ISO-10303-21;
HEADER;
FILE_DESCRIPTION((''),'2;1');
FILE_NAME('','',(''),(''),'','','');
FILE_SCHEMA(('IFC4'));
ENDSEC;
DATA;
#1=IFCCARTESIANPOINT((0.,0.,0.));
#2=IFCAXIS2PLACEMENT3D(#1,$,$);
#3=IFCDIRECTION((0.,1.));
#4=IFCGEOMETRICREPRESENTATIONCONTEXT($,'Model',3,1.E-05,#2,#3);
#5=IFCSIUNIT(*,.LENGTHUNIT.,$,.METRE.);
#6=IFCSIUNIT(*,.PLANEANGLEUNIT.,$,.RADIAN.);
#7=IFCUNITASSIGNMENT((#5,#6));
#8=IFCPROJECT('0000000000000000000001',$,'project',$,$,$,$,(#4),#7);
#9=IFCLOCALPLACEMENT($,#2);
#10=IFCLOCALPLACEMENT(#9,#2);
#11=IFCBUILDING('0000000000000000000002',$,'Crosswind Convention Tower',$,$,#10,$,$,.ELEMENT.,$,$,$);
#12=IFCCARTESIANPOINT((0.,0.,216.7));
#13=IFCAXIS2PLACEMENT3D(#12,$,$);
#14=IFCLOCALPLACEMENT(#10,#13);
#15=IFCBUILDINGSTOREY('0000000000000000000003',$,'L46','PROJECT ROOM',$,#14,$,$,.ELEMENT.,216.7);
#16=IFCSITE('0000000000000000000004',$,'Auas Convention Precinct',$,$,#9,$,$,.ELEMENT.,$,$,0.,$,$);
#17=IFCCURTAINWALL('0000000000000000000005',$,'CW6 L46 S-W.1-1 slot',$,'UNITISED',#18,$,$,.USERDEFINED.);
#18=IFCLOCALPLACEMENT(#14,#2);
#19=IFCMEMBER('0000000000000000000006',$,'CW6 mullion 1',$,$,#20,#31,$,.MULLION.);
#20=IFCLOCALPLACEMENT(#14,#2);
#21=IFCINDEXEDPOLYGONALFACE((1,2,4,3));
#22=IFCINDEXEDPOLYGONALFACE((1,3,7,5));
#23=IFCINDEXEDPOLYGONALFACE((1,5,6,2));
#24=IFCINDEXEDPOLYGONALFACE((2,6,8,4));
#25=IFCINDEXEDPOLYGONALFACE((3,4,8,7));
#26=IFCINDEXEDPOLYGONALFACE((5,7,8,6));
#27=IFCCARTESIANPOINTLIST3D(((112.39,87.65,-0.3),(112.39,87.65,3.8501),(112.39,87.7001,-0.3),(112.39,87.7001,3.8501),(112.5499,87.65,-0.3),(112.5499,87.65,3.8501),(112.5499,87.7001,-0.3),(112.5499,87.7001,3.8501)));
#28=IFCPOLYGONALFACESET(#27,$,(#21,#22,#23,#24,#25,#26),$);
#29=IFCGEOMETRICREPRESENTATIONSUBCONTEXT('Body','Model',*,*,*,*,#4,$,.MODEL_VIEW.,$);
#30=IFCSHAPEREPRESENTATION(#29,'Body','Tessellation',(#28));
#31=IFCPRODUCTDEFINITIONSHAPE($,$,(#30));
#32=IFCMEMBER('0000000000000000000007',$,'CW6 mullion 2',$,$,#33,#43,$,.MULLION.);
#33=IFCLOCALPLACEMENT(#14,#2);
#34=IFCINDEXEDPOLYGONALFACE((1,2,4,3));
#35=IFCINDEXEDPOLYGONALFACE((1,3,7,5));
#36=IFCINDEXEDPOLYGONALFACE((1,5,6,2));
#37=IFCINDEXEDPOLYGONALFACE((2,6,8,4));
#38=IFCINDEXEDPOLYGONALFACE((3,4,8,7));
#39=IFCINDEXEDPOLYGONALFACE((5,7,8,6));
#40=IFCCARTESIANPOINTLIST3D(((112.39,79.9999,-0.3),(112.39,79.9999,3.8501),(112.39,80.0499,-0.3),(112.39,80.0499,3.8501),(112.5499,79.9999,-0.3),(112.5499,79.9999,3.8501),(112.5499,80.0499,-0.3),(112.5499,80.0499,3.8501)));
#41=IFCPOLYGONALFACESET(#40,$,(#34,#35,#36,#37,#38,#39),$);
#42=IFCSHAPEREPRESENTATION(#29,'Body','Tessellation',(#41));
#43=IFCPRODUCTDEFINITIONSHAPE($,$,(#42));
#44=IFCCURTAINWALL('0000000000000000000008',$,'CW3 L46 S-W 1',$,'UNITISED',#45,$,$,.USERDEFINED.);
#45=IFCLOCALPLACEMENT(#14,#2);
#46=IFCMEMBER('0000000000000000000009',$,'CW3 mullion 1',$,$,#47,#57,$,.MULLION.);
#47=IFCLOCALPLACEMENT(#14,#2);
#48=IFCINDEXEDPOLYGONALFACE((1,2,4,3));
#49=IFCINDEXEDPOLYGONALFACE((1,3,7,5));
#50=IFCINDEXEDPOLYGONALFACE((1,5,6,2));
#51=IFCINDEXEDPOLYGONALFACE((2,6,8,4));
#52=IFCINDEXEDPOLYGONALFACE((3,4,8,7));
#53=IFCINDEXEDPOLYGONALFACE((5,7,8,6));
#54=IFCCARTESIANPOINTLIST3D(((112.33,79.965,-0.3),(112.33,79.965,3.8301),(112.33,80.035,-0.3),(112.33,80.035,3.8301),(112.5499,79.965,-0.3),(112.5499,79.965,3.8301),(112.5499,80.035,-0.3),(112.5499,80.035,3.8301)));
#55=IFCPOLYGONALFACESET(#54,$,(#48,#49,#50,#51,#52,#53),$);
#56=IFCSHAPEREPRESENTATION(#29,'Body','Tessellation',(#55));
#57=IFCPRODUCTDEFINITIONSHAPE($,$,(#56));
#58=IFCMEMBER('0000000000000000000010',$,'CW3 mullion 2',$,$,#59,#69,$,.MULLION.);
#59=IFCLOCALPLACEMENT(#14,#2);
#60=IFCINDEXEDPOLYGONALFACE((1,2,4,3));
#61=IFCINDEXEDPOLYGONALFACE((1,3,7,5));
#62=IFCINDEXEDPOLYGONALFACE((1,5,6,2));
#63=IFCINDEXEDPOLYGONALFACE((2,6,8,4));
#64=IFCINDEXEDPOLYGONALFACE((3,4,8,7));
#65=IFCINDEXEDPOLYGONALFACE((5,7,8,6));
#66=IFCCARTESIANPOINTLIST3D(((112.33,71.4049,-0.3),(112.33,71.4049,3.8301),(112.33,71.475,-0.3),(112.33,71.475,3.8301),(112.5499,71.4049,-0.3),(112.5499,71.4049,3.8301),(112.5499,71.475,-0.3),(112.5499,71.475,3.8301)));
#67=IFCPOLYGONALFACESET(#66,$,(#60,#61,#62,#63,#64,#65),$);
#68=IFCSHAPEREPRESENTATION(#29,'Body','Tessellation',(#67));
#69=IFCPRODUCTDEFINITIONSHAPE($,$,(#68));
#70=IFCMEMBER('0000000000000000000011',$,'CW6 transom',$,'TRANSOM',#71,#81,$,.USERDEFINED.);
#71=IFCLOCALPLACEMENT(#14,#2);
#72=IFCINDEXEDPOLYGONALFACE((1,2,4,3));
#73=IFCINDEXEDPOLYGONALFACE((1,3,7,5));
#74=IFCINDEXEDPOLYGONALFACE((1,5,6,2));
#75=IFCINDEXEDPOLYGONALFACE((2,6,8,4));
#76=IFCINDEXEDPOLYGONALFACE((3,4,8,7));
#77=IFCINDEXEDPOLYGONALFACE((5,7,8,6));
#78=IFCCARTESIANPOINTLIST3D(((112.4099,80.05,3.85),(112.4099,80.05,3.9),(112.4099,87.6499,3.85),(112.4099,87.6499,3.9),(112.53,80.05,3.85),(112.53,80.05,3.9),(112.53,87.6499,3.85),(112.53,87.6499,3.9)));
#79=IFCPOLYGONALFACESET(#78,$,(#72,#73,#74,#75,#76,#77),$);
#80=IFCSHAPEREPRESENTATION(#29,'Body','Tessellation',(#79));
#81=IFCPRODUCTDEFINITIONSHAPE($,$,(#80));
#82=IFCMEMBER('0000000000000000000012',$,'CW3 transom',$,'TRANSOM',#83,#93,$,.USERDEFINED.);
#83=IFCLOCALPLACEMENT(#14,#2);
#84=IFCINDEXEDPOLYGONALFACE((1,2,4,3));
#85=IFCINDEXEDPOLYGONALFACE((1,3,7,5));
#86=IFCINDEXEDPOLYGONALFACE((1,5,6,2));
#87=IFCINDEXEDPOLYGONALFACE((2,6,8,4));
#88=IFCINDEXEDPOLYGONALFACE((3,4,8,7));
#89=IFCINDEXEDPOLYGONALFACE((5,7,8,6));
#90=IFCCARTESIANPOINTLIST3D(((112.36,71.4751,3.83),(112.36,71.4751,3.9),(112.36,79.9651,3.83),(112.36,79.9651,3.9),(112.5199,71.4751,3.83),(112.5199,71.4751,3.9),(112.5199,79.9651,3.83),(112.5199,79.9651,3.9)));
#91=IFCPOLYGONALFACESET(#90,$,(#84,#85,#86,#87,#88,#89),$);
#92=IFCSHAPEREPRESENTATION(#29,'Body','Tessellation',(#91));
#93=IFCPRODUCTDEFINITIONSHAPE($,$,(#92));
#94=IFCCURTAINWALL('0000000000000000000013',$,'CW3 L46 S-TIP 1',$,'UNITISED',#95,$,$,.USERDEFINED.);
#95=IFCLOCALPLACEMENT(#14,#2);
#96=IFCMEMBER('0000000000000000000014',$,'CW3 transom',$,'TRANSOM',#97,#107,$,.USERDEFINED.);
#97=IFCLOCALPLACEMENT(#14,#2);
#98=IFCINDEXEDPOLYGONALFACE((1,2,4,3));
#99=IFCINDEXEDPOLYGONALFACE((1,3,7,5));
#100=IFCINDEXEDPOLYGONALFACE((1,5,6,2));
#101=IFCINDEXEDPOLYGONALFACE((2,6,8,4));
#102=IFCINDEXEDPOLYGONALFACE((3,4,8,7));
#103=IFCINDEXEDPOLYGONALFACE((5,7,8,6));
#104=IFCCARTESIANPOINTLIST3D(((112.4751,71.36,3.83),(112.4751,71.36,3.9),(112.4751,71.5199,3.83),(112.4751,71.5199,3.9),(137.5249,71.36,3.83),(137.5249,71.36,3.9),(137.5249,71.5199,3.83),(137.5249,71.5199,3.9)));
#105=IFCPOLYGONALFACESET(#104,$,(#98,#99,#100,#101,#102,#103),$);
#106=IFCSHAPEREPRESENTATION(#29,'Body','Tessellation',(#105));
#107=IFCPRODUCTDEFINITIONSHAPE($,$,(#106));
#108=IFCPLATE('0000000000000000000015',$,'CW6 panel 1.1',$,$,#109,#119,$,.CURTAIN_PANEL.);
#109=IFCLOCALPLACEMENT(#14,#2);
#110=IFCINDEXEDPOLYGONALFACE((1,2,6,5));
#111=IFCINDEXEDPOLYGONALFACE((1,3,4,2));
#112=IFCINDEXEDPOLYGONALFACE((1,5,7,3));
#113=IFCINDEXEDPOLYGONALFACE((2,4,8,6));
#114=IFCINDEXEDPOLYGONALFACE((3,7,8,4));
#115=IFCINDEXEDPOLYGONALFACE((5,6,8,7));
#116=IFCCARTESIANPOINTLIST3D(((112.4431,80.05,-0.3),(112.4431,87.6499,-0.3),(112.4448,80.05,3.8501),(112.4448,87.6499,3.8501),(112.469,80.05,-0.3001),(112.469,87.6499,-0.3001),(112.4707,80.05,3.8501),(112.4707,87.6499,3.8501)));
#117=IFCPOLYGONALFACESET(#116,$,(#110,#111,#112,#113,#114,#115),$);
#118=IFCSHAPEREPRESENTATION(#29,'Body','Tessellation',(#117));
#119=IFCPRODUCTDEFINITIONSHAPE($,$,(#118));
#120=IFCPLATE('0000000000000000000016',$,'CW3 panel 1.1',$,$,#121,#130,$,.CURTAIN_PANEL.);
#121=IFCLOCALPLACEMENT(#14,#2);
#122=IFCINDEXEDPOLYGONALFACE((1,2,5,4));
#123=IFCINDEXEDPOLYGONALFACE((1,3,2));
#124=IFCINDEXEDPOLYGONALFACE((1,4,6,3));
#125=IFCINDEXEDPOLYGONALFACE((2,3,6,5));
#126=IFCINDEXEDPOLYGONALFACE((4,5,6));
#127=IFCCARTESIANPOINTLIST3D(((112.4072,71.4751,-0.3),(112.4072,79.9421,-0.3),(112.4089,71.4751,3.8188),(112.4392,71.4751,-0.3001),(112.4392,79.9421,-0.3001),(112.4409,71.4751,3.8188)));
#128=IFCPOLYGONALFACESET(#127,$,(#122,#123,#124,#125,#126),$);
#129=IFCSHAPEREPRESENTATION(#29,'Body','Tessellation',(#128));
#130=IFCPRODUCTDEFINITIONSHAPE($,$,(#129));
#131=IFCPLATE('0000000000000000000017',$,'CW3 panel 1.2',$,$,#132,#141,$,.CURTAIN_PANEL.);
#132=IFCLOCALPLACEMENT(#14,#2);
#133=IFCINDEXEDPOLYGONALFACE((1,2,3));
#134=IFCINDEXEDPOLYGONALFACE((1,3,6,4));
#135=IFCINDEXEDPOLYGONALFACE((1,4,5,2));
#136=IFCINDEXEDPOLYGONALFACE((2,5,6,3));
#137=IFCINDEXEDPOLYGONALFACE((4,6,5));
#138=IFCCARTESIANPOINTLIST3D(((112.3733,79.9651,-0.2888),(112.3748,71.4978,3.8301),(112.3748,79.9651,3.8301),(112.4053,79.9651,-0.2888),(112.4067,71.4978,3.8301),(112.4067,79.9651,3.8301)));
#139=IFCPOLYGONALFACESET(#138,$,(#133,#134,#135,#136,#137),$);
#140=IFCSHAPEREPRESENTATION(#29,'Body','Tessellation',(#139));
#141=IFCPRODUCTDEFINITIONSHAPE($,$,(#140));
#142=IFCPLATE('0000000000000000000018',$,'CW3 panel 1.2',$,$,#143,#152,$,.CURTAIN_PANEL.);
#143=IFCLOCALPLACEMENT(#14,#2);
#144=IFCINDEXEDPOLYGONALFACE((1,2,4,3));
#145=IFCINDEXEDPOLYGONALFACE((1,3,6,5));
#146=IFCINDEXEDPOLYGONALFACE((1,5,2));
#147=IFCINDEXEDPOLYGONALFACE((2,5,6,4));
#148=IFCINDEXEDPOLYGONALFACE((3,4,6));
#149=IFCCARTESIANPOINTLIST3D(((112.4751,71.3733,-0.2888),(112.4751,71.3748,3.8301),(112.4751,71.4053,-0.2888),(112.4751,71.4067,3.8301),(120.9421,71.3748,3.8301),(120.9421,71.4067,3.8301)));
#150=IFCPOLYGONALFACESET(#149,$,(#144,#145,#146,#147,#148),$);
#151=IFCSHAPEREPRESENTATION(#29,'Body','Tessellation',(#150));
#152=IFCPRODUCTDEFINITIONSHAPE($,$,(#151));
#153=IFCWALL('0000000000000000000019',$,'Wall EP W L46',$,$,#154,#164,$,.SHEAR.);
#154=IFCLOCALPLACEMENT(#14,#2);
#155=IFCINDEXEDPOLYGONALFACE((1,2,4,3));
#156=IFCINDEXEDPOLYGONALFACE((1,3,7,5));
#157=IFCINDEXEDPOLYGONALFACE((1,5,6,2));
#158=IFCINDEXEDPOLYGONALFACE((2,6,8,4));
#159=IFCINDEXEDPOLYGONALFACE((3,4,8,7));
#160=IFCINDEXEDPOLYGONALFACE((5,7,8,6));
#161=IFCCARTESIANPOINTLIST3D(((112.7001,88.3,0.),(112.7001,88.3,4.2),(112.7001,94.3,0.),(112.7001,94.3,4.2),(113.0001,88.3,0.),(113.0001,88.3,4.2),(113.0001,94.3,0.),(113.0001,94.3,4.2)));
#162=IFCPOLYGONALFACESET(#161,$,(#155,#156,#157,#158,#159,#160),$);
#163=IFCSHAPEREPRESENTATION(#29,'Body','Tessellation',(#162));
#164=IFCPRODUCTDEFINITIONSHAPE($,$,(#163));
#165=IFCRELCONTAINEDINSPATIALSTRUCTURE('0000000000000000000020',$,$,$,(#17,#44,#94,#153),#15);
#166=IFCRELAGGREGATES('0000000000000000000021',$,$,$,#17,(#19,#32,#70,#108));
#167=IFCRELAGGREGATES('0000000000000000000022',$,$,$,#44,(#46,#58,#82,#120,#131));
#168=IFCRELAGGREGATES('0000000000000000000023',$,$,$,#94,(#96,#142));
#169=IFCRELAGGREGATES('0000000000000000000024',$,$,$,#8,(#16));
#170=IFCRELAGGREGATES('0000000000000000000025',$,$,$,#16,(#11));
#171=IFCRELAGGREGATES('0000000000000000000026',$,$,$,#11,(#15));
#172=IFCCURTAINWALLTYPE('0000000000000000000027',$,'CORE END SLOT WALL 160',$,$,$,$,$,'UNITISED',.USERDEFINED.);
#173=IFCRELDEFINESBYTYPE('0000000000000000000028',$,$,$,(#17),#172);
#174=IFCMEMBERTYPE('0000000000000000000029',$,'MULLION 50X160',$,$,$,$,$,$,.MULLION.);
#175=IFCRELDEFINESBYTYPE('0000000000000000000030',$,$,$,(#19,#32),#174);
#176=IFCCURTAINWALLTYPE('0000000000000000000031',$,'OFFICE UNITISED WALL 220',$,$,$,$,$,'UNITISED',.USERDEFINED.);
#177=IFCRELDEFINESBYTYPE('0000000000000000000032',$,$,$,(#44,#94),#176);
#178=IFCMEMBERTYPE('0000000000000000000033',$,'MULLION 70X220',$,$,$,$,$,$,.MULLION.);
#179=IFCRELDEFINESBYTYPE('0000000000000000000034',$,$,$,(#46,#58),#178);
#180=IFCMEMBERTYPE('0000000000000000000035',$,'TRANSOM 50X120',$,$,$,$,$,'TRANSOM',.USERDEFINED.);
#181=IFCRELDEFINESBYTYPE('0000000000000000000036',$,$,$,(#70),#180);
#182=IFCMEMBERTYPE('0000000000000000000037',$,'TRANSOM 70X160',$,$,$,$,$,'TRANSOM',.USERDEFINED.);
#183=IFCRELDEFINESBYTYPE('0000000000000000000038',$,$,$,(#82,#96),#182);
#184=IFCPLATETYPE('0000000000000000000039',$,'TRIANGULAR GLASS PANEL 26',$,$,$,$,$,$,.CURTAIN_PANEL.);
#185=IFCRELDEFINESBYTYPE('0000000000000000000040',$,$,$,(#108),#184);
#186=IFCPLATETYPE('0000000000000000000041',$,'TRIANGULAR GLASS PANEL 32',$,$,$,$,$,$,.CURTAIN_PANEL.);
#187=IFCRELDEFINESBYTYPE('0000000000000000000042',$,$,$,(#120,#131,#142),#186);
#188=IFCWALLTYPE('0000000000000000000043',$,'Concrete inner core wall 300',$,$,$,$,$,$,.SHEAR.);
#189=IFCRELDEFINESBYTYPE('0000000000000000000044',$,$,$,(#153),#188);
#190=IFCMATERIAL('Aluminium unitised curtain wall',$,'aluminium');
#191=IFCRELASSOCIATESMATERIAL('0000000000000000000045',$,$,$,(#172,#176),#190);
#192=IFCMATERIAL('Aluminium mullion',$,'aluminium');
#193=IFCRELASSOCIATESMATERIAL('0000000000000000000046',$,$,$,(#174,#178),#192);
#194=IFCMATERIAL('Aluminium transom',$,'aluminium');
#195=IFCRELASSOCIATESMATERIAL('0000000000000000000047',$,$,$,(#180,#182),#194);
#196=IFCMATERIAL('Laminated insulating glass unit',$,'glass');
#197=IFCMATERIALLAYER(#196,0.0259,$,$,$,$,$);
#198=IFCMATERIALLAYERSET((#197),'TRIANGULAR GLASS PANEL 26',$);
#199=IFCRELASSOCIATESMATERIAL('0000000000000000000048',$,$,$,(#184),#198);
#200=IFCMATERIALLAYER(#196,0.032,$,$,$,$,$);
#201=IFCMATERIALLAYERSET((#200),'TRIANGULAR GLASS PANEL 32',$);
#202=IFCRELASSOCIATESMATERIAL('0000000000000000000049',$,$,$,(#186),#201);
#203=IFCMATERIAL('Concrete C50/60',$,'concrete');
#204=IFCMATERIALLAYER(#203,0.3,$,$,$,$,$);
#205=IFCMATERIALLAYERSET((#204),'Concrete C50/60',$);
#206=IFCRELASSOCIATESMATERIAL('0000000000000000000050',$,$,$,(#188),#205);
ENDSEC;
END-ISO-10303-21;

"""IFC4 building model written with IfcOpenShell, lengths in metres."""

from ifc_helpers import new_model, si_unit, direction, frame, frame_2d, origin, origin_2d, place, context, subcontext, project, spatial, polyline, rectangle, outline, extrude, material, layer, layer_set, material_profile, profile_set, type_object, element, aggregate, save


model = new_model("IFC4")

# Units and contexts
model_context = context("Model", 3, precision=1e-05, world=origin(), true_north=direction((0.0, 1.0)))
body_context = subcontext(model_context, "Body", "Model", "MODEL_VIEW")
ifc_project = project(units=[si_unit("LENGTHUNIT", "METRE"), si_unit("PLANEANGLEUNIT", "RADIAN")], contexts=[model_context])

# Site, building, storey
site_placement = place(None, origin())
site = spatial("IfcSite", under=ifc_project, at=site_placement, Name="Auas Convention Precinct", CompositionType="ELEMENT", RefElevation=0.0)
building_placement = place(site_placement, origin())
building = spatial("IfcBuilding", under=site, at=building_placement, Name="Crosswind Convention Tower", CompositionType="ELEMENT")
storey_placement = place(building_placement, frame((0.0, 0.0, 216.7)))
storey = spatial("IfcBuildingStorey", under=building, at=storey_placement, Name="L46", Description="PROJECT ROOM", CompositionType="ELEMENT", Elevation=216.7)

# Curtain walls, members
ifc_material_1 = material(Name="Aluminium unitised curtain wall", Category="aluminium")
curtain_wall_type_1 = type_object("IfcCurtainWallType", Name="CORE END SLOT WALL 160", ElementType="UNITISED", PredefinedType="USERDEFINED", material=ifc_material_1)
curtain_wall_1_placement = place(storey_placement, origin())
curtain_wall_1 = element("IfcCurtainWall", 1, at=curtain_wall_1_placement, inside=storey, type_object=curtain_wall_type_1, Name="CW6 L46 S-W.1-1 slot", ObjectType="UNITISED", PredefinedType="USERDEFINED")
ifc_material_2 = material(Name="Aluminium mullion", Category="aluminium")
ifc_material_profile_1 = material_profile(ifc_material_2, rectangle(XDim=0.1599, YDim=0.05, at=origin_2d()), Name="AL 160X50")
ifc_profile_set_1 = profile_set([ifc_material_profile_1], Name="Aluminium mullion")
member_type_1 = type_object("IfcMemberType", Name="MULLION 50X160", PredefinedType="MULLION", material=ifc_profile_set_1)
member_1_placement = place(storey_placement, frame((112.47, 87.675, -0.3), z_axis=(0.0, 0.0, 1.0), x_axis=(-1.0, 0.0, 0.0)))
member_1 = element("IfcMember", 2, at=member_1_placement, type_object=member_type_1, Name="CW6 mullion 1", PredefinedType="MULLION", context=body_context, shape_type="SweptSolid", body=[
    extrude(rectangle(XDim=0.1599, YDim=0.05, at=origin_2d()), origin(), (0.0, 0.0, 1.0), 4.1501),
])
member_2_placement = place(storey_placement, frame((112.47, 80.0249, -0.3), z_axis=(0.0, 0.0, 1.0), x_axis=(-1.0, 0.0, 0.0)))
member_2 = element("IfcMember", 3, at=member_2_placement, type_object=member_type_1, Name="CW6 mullion 2", PredefinedType="MULLION", context=body_context, shape_type="SweptSolid", body=[
    extrude(rectangle(XDim=0.1599, YDim=0.05, at=origin_2d()), origin(), (0.0, 0.0, 1.0), 4.1501),
])
curtain_wall_type_2 = type_object("IfcCurtainWallType", Name="OFFICE UNITISED WALL 220", ElementType="UNITISED", PredefinedType="USERDEFINED", material=ifc_material_1)
curtain_wall_2_placement = place(storey_placement, origin())
curtain_wall_2 = element("IfcCurtainWall", 4, at=curtain_wall_2_placement, inside=storey, type_object=curtain_wall_type_2, Name="CW3 L46 S-W 1", ObjectType="UNITISED", PredefinedType="USERDEFINED")
ifc_material_profile_2 = material_profile(ifc_material_2, rectangle(XDim=0.22, YDim=0.0701, at=origin_2d()), Name="AL 220X70")
ifc_profile_set_2 = profile_set([ifc_material_profile_2], Name="Aluminium mullion")
member_type_2 = type_object("IfcMemberType", Name="MULLION 70X220", PredefinedType="MULLION", material=ifc_profile_set_2)
member_3_placement = place(storey_placement, frame((112.4399, 80.0, -0.3), z_axis=(0.0, 0.0, 1.0), x_axis=(-1.0, 0.0, 0.0)))
member_3 = element("IfcMember", 5, at=member_3_placement, type_object=member_type_2, Name="CW3 mullion 1", PredefinedType="MULLION", context=body_context, shape_type="SweptSolid", body=[
    extrude(rectangle(XDim=0.22, YDim=0.0701, at=origin_2d()), origin(), (0.0, 0.0, 1.0), 4.1301),
])
member_4_placement = place(storey_placement, frame((112.4399, 71.4399, -0.3), z_axis=(0.0, 0.0, 1.0), x_axis=(-1.0, 0.0, 0.0)))
member_4 = element("IfcMember", 6, at=member_4_placement, type_object=member_type_2, Name="CW3 mullion 2", PredefinedType="MULLION", context=body_context, shape_type="SweptSolid", body=[
    extrude(rectangle(XDim=0.22, YDim=0.0701, at=origin_2d()), origin(), (0.0, 0.0, 1.0), 4.1301),
])

# Members
ifc_material_3 = material(Name="Aluminium transom", Category="aluminium")
ifc_material_profile_3 = material_profile(ifc_material_3, rectangle(XDim=0.1201, YDim=0.05, at=origin_2d()), Name="AL 120X50")
ifc_profile_set_3 = profile_set([ifc_material_profile_3], Name="Aluminium transom")
member_type_3 = type_object("IfcMemberType", Name="TRANSOM 50X120", ElementType="TRANSOM", PredefinedType="USERDEFINED", material=ifc_profile_set_3)
member_5_placement = place(storey_placement, frame((112.47, 87.6499, 3.875), z_axis=(0.0, -1.0, 0.0), x_axis=(1.0, 0.0, 0.0)))
member_5 = element("IfcMember", 7, at=member_5_placement, type_object=member_type_3, Name="CW6 transom", ObjectType="TRANSOM", PredefinedType="USERDEFINED", context=body_context, shape_type="SweptSolid", body=[
    extrude(rectangle(XDim=0.1201, YDim=0.05, at=origin_2d()), origin(), (0.0, 0.0, 1.0), 7.5999),
])
ifc_material_profile_4 = material_profile(ifc_material_3, rectangle(XDim=0.1599, YDim=0.0701, at=origin_2d()), Name="AL 160X70")
ifc_profile_set_4 = profile_set([ifc_material_profile_4], Name="Aluminium transom")
member_type_4 = type_object("IfcMemberType", Name="TRANSOM 70X160", ElementType="TRANSOM", PredefinedType="USERDEFINED", material=ifc_profile_set_4)
member_6_placement = place(storey_placement, frame((112.4399, 79.9651, 3.865), z_axis=(0.0, -1.0, 0.0), x_axis=(1.0, 0.0, 0.0)))
member_6 = element("IfcMember", 8, at=member_6_placement, type_object=member_type_4, Name="CW3 transom", ObjectType="TRANSOM", PredefinedType="USERDEFINED", context=body_context, shape_type="SweptSolid", body=[
    extrude(rectangle(XDim=0.1599, YDim=0.0701, at=origin_2d()), origin(), (0.0, 0.0, 1.0), 8.49),
])

# Curtain wall, member
curtain_wall_3_placement = place(storey_placement, origin())
curtain_wall_3 = element("IfcCurtainWall", 9, at=curtain_wall_3_placement, inside=storey, type_object=curtain_wall_type_2, Name="CW3 L46 S-TIP 1", ObjectType="UNITISED", PredefinedType="USERDEFINED")
member_7_placement = place(storey_placement, frame((112.4751, 71.4399, 3.865), z_axis=(1.0, 0.0, 0.0), x_axis=(0.0, 1.0, 0.0)))
member_7 = element("IfcMember", 10, at=member_7_placement, type_object=member_type_4, Name="CW3 transom", ObjectType="TRANSOM", PredefinedType="USERDEFINED", context=body_context, shape_type="SweptSolid", body=[
    extrude(rectangle(XDim=0.1599, YDim=0.0701, at=origin_2d()), origin(), (0.0, 0.0, 1.0), 25.0498),
])

# Plates
ifc_material_4 = material(Name="Laminated insulating glass unit", Category="glass")
ifc_layer_1 = layer(ifc_material_4, 0.0259)
ifc_layer_set_1 = layer_set([ifc_layer_1], Name="TRIANGULAR GLASS PANEL 26")
plate_type_1 = type_object("IfcPlateType", Name="TRIANGULAR GLASS PANEL 26", PredefinedType="CURTAIN_PANEL", material=ifc_layer_set_1)
plate_1_placement = place(storey_placement, frame((112.4431, 87.6499, -0.3), z_axis=(-1.0, 0.0, 0.000412), x_axis=(0.0, -1.0, 0.0)))
plate_1 = element("IfcPlate", 11, at=plate_1_placement, type_object=plate_type_1, Name="CW6 panel 1.1", PredefinedType="CURTAIN_PANEL", context=body_context, shape_type="SweptSolid", body=[
    extrude(outline(polyline([(0.0, 0.0), (7.5999, 0.0), (7.5999, 4.1501), (0.0, 4.1501), (0.0, 0.0)])), origin(), (0.0, 0.0, -1.0), 0.0259),
])
aggregate(curtain_wall_1, [member_1, member_2, member_5, plate_1])
ifc_layer_2 = layer(ifc_material_4, 0.032)
ifc_layer_set_2 = layer_set([ifc_layer_2], Name="TRIANGULAR GLASS PANEL 32")
plate_type_2 = type_object("IfcPlateType", Name="TRIANGULAR GLASS PANEL 32", PredefinedType="CURTAIN_PANEL", material=ifc_layer_set_2)
plate_2_placement = place(storey_placement, frame((112.4072, 71.4751, -0.3), z_axis=(-1.0, 0.0, 0.000415), x_axis=(0.000415, 0.0, 1.0)))
plate_2 = element("IfcPlate", 12, at=plate_2_placement, type_object=plate_type_2, Name="CW3 panel 1.1", PredefinedType="CURTAIN_PANEL", context=body_context, shape_type="SweptSolid", body=[
    extrude(outline(polyline([(0.0, 0.0), (4.1189, 0.0), (0.0, 8.467), (0.0, 0.0)])), origin(), (0.0, 0.0, -1.0), 0.032),
])
plate_3_placement = place(storey_placement, frame((112.3748, 79.9651, 3.8301), z_axis=(-1.0, 0.0, 0.000356), x_axis=(-0.000356, 0.0, -1.0)))
plate_3 = element("IfcPlate", 13, at=plate_3_placement, type_object=plate_type_2, Name="CW3 panel 1.2", PredefinedType="CURTAIN_PANEL", context=body_context, shape_type="SweptSolid", body=[
    extrude(outline(polyline([(0.0, 0.0), (4.1189, 0.0), (0.0, 8.4673), (0.0, 0.0)])), origin(), (0.0, 0.0, -1.0), 0.032),
])
plate_4_placement = place(storey_placement, frame((112.4751, 71.3748, 3.8301), z_axis=(0.0, -1.0, 0.000356), x_axis=(0.0, -0.000356, -1.0)))
plate_4 = element("IfcPlate", 14, at=plate_4_placement, type_object=plate_type_2, Name="CW3 panel 1.2", PredefinedType="CURTAIN_PANEL", context=body_context, shape_type="SweptSolid", body=[
    extrude(outline(polyline([(0.0, 0.0), (4.1189, 0.0), (0.0, 8.467), (0.0, 0.0)])), origin(), (0.0, 0.0, -1.0), 0.032),
])

# Wall
ifc_material_5 = material(Name="Concrete C50/60", Category="concrete")
ifc_layer_3 = layer(ifc_material_5, 0.3)
ifc_layer_set_3 = layer_set([ifc_layer_3], Name="Concrete C50/60")
wall_type_1 = type_object("IfcWallType", Name="Concrete inner core wall 300", PredefinedType="SHEAR", material=ifc_layer_set_3)
wall_1_placement = place(storey_placement, frame((112.8501, 94.3, 0.0), z_axis=(0.0, 0.0, 1.0), x_axis=(0.0, -1.0, 0.0)))
element("IfcWall", 15, at=wall_1_placement, inside=storey, type_object=wall_type_1, Name="Wall EP W L46", PredefinedType="SHEAR", context=body_context, shape_type="SweptSolid", body=[
    extrude(rectangle(XDim=6.0, YDim=0.3, at=frame_2d((3.0, 0.0))), origin(), (0.0, 0.0, 1.0), 4.2),
])

aggregate(curtain_wall_2, [member_3, member_4, member_6, plate_2, plate_3])
aggregate(curtain_wall_3, [member_7, plate_4])

save(model, "model.ifc")
